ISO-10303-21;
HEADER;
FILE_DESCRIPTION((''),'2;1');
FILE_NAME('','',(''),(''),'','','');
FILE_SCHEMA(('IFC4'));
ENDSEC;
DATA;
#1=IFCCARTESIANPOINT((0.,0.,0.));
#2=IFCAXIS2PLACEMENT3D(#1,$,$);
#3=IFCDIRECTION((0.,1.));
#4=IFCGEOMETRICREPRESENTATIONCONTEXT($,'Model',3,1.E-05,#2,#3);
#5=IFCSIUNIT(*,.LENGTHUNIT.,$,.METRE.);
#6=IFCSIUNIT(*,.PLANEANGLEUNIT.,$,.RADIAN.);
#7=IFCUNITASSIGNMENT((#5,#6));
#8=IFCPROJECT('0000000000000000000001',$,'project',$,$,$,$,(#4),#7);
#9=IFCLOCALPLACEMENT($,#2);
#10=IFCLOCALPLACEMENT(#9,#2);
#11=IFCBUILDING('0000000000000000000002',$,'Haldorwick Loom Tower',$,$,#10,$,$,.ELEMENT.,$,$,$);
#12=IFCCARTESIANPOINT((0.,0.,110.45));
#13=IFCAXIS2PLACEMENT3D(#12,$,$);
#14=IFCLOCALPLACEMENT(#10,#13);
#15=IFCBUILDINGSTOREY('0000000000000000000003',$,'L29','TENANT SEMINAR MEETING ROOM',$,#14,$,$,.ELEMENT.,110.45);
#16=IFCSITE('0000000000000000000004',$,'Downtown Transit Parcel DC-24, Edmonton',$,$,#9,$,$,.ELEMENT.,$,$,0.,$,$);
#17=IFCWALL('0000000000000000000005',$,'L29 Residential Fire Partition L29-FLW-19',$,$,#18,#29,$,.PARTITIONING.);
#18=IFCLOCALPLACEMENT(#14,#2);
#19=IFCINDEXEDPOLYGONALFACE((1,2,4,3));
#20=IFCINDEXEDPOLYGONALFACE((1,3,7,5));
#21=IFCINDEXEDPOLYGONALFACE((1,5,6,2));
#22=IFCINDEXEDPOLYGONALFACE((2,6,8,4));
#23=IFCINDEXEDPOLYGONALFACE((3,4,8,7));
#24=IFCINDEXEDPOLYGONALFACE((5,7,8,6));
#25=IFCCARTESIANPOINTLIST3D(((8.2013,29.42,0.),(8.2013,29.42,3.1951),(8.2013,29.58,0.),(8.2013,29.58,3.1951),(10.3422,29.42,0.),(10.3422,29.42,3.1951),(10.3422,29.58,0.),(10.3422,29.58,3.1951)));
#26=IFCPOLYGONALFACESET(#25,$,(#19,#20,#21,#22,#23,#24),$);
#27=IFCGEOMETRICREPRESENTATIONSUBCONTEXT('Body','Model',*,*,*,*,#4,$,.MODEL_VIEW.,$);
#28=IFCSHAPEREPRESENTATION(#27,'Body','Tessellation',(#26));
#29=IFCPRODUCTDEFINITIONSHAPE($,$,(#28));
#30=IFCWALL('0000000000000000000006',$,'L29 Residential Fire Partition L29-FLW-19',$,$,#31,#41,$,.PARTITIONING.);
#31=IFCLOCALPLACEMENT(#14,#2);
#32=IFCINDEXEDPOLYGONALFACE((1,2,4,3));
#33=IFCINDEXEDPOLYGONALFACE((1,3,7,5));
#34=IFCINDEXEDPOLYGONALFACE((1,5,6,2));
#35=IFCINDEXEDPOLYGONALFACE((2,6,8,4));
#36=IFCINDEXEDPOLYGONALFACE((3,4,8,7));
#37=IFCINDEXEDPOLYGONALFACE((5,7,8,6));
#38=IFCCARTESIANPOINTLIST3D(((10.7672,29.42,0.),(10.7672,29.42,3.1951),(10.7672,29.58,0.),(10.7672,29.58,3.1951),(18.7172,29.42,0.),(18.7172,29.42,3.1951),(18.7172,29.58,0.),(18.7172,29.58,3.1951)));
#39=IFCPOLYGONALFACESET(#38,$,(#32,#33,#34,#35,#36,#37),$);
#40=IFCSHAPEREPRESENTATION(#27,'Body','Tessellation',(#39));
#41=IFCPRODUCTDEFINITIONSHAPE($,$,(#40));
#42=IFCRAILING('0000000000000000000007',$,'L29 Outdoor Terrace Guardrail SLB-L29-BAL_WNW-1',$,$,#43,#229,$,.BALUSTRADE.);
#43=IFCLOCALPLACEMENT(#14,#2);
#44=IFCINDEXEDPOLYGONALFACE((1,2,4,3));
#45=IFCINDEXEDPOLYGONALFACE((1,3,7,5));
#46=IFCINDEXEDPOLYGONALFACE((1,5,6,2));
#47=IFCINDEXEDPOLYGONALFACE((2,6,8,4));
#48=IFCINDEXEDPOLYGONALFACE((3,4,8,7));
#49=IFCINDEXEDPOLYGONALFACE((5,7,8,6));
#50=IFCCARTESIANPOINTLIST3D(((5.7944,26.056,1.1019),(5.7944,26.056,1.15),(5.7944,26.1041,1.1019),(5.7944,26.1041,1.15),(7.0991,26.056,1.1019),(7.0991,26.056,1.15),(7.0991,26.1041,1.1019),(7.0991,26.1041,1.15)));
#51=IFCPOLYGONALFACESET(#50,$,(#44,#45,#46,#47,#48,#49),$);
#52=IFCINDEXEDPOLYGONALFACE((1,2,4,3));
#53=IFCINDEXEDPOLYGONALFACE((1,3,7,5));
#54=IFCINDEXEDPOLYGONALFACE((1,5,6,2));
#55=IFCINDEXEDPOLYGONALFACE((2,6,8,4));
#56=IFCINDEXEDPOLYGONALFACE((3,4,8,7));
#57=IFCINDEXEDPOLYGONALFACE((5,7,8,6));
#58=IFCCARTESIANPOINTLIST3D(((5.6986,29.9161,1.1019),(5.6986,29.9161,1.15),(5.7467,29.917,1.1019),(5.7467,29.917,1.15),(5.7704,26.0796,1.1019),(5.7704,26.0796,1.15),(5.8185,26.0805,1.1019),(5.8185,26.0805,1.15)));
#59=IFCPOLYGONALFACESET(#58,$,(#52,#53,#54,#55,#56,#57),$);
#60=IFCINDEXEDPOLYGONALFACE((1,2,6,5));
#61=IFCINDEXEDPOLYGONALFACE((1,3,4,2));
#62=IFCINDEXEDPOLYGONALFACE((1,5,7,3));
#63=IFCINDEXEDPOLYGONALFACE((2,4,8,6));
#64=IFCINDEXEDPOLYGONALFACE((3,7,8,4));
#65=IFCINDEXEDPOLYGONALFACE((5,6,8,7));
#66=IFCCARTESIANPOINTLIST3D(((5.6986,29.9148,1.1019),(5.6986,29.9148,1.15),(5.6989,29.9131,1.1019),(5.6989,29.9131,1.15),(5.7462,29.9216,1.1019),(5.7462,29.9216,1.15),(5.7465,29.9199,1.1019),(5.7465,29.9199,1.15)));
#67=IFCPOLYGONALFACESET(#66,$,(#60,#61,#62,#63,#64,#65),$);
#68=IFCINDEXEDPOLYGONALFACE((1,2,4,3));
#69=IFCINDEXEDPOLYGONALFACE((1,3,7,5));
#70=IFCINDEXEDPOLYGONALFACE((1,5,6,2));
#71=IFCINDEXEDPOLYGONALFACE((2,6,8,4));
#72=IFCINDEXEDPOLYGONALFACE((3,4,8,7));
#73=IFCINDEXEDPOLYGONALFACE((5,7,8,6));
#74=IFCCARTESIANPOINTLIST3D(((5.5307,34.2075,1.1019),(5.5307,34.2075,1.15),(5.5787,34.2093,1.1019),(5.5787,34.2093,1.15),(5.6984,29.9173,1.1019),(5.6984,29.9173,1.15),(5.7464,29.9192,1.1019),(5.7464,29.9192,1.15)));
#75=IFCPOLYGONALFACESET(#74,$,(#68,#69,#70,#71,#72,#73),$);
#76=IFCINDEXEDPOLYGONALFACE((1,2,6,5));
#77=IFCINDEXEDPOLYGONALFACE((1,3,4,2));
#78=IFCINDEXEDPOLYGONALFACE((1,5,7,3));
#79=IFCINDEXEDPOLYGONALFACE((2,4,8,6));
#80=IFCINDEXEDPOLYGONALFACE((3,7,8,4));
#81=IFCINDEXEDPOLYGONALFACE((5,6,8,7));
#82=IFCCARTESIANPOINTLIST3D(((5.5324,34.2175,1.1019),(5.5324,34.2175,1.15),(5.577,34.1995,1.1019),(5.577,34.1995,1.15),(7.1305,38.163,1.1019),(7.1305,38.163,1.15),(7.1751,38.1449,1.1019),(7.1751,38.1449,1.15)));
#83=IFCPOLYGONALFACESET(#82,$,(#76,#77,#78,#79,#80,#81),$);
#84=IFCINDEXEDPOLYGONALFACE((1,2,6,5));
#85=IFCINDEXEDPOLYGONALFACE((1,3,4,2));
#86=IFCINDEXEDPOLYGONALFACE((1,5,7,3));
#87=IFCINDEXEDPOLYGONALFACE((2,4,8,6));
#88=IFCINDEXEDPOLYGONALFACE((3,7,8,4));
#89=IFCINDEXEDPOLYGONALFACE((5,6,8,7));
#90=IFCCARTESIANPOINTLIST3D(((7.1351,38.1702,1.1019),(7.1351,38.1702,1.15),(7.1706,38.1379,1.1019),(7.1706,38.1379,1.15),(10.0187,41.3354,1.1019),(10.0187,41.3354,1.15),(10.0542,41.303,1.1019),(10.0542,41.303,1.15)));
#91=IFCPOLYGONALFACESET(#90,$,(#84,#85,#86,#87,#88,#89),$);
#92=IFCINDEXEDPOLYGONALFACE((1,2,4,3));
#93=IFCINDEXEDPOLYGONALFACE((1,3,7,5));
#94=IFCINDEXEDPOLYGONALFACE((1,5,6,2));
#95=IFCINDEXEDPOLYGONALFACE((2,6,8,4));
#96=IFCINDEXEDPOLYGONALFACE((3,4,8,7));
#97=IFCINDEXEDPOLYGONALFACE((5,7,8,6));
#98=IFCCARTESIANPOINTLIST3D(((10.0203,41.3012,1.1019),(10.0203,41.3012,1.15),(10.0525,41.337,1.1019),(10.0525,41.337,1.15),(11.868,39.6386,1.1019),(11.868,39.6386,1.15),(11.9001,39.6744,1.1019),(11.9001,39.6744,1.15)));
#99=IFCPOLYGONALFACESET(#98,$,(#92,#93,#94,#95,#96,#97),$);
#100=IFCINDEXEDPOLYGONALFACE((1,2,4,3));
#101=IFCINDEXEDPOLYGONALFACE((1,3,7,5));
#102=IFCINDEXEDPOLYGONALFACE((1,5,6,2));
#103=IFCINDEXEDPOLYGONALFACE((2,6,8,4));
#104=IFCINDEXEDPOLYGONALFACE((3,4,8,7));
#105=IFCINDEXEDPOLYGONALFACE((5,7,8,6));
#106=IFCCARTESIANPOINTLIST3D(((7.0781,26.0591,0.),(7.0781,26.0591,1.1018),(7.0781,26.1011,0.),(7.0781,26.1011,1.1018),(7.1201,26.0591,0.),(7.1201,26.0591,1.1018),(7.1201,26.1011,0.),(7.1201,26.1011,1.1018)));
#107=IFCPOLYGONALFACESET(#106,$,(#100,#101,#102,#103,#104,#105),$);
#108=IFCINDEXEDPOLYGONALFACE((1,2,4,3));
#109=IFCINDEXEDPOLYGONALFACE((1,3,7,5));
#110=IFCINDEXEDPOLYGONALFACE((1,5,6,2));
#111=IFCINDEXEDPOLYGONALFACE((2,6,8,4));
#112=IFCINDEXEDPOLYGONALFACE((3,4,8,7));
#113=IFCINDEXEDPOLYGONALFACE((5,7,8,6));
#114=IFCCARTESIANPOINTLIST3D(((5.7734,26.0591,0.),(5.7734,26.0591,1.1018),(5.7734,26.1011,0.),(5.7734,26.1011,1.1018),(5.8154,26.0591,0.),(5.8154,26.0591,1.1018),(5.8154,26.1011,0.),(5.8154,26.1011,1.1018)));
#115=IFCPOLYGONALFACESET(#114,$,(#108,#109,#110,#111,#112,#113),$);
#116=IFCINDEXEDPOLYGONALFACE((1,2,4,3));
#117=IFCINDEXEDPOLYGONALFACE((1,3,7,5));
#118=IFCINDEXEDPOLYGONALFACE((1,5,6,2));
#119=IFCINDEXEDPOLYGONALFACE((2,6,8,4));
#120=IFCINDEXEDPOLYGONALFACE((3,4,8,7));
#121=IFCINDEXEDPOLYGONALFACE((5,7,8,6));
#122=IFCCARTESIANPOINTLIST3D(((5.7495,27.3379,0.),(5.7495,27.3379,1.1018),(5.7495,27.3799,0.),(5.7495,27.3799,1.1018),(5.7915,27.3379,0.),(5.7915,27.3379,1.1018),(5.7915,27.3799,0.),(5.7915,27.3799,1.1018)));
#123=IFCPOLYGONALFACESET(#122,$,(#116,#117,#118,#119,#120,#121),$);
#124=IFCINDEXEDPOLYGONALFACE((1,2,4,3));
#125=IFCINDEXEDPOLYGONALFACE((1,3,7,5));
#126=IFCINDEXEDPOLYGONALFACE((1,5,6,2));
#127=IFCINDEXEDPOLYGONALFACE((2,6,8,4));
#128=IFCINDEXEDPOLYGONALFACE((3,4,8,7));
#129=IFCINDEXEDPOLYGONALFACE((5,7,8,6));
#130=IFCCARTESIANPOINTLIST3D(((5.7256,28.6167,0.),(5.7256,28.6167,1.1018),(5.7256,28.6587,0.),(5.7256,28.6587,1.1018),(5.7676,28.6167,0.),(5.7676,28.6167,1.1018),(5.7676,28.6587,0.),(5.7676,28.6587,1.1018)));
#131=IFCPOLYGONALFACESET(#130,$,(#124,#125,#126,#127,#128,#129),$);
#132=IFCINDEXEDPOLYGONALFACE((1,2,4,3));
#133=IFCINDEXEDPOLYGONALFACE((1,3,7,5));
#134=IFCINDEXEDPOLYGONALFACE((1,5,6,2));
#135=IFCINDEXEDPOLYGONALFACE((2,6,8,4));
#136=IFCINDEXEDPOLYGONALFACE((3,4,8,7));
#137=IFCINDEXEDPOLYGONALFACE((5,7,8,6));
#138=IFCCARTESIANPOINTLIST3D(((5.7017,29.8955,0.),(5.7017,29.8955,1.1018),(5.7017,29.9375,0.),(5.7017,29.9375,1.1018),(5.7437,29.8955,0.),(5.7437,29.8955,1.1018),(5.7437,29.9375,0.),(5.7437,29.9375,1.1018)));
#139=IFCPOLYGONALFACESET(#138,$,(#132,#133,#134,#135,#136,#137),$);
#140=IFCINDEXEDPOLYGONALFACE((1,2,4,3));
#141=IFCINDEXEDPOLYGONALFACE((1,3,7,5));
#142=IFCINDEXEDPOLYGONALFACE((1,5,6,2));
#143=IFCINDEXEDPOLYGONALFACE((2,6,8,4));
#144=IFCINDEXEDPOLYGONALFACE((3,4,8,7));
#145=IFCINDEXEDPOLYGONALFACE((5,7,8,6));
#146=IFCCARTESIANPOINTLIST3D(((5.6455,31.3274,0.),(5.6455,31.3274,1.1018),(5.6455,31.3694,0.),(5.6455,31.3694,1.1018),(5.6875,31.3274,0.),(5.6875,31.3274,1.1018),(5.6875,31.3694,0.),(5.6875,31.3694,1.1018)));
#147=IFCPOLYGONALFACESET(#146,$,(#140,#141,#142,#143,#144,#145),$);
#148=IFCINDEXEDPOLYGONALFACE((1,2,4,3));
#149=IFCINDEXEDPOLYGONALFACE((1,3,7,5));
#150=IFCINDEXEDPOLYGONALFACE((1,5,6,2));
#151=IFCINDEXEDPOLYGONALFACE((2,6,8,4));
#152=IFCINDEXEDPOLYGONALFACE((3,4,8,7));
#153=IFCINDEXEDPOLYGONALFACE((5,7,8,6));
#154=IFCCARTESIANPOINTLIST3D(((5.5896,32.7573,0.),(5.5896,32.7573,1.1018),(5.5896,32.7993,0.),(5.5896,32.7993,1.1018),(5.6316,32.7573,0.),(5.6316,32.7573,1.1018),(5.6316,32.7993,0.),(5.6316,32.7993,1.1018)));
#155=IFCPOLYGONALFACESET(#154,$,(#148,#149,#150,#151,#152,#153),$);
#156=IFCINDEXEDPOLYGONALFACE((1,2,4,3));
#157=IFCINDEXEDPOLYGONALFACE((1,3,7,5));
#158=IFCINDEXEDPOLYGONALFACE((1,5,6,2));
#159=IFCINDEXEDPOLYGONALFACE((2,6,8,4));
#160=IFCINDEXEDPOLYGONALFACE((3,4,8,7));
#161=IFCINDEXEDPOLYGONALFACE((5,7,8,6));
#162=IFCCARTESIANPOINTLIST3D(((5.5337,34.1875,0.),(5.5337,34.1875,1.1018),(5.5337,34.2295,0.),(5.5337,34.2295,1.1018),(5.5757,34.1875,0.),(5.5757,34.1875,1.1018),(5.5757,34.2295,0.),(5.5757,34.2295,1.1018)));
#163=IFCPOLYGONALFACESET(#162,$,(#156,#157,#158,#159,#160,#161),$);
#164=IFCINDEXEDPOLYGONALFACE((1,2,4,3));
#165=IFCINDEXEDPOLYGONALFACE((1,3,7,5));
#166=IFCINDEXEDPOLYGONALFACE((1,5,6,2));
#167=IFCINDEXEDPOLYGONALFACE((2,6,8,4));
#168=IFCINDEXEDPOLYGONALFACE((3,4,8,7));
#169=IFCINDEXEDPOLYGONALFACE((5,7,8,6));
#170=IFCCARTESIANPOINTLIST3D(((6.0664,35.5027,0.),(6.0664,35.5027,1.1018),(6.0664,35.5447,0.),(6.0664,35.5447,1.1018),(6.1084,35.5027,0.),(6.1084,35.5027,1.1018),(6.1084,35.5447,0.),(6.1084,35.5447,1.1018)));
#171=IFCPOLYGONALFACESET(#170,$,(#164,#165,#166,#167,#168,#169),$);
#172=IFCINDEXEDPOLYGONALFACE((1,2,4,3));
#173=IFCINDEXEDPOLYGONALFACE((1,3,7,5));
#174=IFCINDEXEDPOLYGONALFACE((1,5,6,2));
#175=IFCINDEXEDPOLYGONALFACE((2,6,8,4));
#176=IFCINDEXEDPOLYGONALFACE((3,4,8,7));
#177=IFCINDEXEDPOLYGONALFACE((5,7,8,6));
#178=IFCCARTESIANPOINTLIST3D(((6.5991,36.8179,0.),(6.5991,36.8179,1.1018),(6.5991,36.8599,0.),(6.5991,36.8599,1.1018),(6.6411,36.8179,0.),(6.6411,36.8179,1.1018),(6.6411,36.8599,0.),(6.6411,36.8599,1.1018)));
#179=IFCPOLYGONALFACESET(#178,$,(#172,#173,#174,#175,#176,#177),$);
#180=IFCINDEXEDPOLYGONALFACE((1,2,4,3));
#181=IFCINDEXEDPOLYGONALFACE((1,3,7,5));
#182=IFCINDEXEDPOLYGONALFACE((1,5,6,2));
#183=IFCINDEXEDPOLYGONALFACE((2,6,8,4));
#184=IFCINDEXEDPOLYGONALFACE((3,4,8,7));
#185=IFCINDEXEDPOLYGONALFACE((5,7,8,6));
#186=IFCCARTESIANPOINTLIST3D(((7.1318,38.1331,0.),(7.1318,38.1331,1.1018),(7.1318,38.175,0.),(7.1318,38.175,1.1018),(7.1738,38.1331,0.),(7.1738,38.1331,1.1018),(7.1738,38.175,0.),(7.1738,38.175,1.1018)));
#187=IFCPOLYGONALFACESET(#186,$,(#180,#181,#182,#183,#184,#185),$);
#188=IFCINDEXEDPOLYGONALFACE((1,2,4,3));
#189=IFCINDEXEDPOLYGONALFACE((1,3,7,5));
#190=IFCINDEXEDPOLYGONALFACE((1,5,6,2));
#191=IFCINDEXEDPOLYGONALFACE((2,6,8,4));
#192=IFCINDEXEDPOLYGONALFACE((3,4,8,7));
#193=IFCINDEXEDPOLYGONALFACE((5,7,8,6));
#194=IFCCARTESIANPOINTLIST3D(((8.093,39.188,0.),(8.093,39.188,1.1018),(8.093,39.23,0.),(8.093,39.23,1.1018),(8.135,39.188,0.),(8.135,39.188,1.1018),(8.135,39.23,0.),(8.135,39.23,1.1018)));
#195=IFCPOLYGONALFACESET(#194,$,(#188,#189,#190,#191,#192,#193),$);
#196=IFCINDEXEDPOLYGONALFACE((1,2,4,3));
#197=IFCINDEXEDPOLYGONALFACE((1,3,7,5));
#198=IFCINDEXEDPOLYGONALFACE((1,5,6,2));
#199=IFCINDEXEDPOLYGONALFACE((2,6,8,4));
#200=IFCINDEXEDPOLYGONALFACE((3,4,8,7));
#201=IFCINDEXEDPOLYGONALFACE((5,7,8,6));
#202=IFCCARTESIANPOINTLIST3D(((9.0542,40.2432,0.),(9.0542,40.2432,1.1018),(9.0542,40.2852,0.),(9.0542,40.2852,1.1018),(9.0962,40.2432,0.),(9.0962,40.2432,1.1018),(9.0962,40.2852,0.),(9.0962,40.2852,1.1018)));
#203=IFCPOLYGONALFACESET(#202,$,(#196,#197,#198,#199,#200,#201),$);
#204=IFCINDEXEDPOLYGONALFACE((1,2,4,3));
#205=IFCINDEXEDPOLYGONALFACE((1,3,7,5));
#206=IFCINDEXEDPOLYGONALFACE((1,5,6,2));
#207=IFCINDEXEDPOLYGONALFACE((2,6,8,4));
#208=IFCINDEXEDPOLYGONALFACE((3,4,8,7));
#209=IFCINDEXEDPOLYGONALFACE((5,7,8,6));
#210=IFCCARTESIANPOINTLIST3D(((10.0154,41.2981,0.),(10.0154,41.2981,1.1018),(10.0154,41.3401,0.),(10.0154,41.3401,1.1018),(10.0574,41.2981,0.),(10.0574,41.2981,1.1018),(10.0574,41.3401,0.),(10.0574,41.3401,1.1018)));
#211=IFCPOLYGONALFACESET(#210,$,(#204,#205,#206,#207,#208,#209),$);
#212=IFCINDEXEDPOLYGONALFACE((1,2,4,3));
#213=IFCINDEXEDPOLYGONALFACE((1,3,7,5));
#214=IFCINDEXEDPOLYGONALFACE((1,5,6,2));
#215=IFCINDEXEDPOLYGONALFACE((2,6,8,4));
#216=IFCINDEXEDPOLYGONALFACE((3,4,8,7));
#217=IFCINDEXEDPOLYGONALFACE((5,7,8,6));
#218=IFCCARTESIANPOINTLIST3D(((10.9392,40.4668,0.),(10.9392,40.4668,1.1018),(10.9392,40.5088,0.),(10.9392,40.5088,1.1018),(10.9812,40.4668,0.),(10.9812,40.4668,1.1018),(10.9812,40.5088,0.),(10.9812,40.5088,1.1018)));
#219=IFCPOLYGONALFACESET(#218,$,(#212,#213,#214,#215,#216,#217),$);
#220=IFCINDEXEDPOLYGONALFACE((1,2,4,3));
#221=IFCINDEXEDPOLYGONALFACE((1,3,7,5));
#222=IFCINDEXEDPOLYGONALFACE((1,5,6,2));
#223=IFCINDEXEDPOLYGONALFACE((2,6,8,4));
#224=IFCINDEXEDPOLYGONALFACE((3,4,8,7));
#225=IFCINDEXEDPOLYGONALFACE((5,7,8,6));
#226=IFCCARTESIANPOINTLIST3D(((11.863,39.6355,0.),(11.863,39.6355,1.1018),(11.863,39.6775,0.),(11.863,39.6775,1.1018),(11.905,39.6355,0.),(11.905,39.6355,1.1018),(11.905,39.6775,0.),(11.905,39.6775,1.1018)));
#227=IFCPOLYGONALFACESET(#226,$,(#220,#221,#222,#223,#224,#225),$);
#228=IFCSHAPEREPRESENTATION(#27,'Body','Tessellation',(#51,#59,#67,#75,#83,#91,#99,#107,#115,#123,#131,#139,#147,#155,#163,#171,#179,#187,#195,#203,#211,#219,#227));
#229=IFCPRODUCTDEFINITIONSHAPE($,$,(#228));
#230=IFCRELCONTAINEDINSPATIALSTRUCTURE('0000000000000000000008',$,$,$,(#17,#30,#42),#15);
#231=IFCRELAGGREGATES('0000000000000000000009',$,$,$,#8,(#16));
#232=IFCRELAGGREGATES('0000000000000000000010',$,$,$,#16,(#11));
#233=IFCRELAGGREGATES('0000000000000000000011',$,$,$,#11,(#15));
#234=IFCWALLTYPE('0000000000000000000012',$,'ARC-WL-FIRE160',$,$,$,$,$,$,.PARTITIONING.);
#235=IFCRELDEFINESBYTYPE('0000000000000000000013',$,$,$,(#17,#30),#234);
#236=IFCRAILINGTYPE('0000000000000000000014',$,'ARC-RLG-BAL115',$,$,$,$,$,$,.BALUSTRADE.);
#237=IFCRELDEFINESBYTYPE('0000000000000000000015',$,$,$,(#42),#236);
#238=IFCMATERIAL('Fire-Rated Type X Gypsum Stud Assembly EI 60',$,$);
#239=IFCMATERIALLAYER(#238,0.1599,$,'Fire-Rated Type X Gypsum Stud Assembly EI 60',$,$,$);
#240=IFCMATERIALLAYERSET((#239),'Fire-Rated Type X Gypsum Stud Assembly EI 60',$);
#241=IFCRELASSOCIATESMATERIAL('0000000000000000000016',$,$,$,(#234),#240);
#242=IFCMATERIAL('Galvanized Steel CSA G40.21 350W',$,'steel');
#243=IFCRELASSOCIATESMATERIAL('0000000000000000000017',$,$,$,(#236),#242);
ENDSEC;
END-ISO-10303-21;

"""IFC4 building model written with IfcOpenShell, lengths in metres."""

from ifc_helpers import new_model, si_unit, direction, frame, frame_2d, origin, origin_2d, place, context, subcontext, project, spatial, rectangle, extrude, material, layer, layer_set, type_object, element, save


model = new_model("IFC4")

# Units and contexts
model_context = context("Model", 3, precision=1e-05, world=origin(), true_north=direction((0.0, 1.0)))
body_context = subcontext(model_context, "Body", "Model", "MODEL_VIEW")
ifc_project = project(units=[si_unit("LENGTHUNIT", "METRE"), si_unit("PLANEANGLEUNIT", "RADIAN")], contexts=[model_context])

# Site, building, storey
site_placement = place(None, origin())
site = spatial("IfcSite", under=ifc_project, at=site_placement, Name="Downtown Transit Parcel DC-24, Edmonton", CompositionType="ELEMENT", RefElevation=0.0)
building_placement = place(site_placement, origin())
building = spatial("IfcBuilding", under=site, at=building_placement, Name="Haldorwick Loom Tower", CompositionType="ELEMENT")
storey_placement = place(building_placement, frame((0.0, 0.0, 110.45)))
storey = spatial("IfcBuildingStorey", under=building, at=storey_placement, Name="L29", Description="TENANT SEMINAR MEETING ROOM", CompositionType="ELEMENT", Elevation=110.45)

# Shared definitions
ifc_material_1 = material(Name="Fire-Rated Type X Gypsum Stud Assembly EI 60")
ifc_layer_1 = layer(ifc_material_1, 0.1599, Name="Fire-Rated Type X Gypsum Stud Assembly EI 60")
ifc_layer_set_1 = layer_set([ifc_layer_1], Name="Fire-Rated Type X Gypsum Stud Assembly EI 60")
wall_type_1 = type_object("IfcWallType", Name="ARC-WL-FIRE160", PredefinedType="PARTITIONING", material=ifc_layer_set_1)

# Walls
wall_1_placement = place(storey_placement, frame((8.2014, 29.5, 0.0), z_axis=(0.0, 0.0, 1.0), x_axis=(1.0, 0.0, 0.0)))
element("IfcWall", 1, at=wall_1_placement, inside=storey, type_object=wall_type_1, Name="L29 Residential Fire Partition L29-FLW-19", PredefinedType="PARTITIONING", context=body_context, shape_type="SweptSolid", body=[
    extrude(rectangle(XDim=2.1409, YDim=0.1599, at=frame_2d((1.0703, 0.0))), origin(), (0.0, 0.0, 1.0), 3.1951),
])
wall_2_placement = place(storey_placement, frame((10.7671, 29.5, 0.0), z_axis=(0.0, 0.0, 1.0), x_axis=(1.0, 0.0, 0.0)))
element("IfcWall", 2, at=wall_2_placement, inside=storey, type_object=wall_type_1, Name="L29 Residential Fire Partition L29-FLW-19", PredefinedType="PARTITIONING", context=body_context, shape_type="SweptSolid", body=[
    extrude(rectangle(XDim=7.95, YDim=0.1599, at=frame_2d((3.9751, 0.0))), origin(), (0.0, 0.0, 1.0), 3.1951),
])

# Railing
ifc_material_2 = material(Name="Galvanized Steel CSA G40.21 350W", Category="steel")
railing_type = type_object("IfcRailingType", Name="ARC-RLG-BAL115", PredefinedType="BALUSTRADE", material=ifc_material_2)
railing_placement = place(storey_placement, frame((7.0991, 26.0801, 0.0)))
element("IfcRailing", 3, at=railing_placement, inside=storey, type_object=railing_type, Name="L29 Outdoor Terrace Guardrail SLB-L29-BAL_WNW-1", PredefinedType="BALUSTRADE", context=body_context, shape_type="SweptSolid", body=[
    extrude(rectangle(XDim=0.0481, YDim=0.0481, at=origin_2d()), frame((0.0, 0.0, 1.126), z_axis=(-1.0, 0.0, 0.0), x_axis=(0.0, -1.0, 0.0)), (0.0, 0.0, 1.0), 1.3047),
    extrude(rectangle(XDim=0.0481, YDim=0.0481, at=origin_2d()), frame((-1.3047, 0.0, 1.126), z_axis=(-0.018706, 0.999825, 0.0), x_axis=(-0.999825, -0.018706, 0.0)), (0.0, 0.0, 1.0), 3.8372),
    extrude(rectangle(XDim=0.0481, YDim=0.0481, at=origin_2d()), frame((-1.3765, 3.8364, 1.126), z_axis=(-0.141421, 0.989949, 0.0), x_axis=(-0.989949, -0.141421, 0.0)), (0.0, 0.0, 1.0), 0.0017),
    extrude(rectangle(XDim=0.0481, YDim=0.0481, at=origin_2d()), frame((-1.3767, 3.8381, 1.126), z_axis=(-0.039064, 0.999237, 0.0), x_axis=(-0.999237, -0.039064, 0.0)), (0.0, 0.0, 1.0), 4.2935),
    extrude(rectangle(XDim=0.0481, YDim=0.0481, at=origin_2d()), frame((-1.5444, 8.1284, 1.126), z_axis=(0.375422, 0.926854, 0.0), x_axis=(-0.926854, 0.375422, 0.0)), (0.0, 0.0, 1.0), 4.2568),
    extrude(rectangle(XDim=0.0481, YDim=0.0481, at=origin_2d()), frame((0.0537, 12.074, 1.126), z_axis=(0.67347, 0.739215, 0.0), x_axis=(-0.739215, 0.67347, 0.0)), (0.0, 0.0, 1.0), 4.2817),
    extrude(rectangle(XDim=0.0481, YDim=0.0481, at=origin_2d()), frame((2.9373, 15.239, 1.126), z_axis=(0.743353, -0.6689, 0.0), x_axis=(0.6689, 0.743353, 0.0)), (0.0, 0.0, 1.0), 2.4856),
    extrude(rectangle(XDim=0.042, YDim=0.042, at=origin_2d()), origin(), (0.0, 0.0, 1.0), 1.1018),
    extrude(rectangle(XDim=0.042, YDim=0.042, at=origin_2d()), frame((-1.3047, 0.0, 0.0)), (0.0, 0.0, 1.0), 1.1018),
    extrude(rectangle(XDim=0.042, YDim=0.042, at=origin_2d()), frame((-1.3286, 1.2788, 0.0)), (0.0, 0.0, 1.0), 1.1018),
    extrude(rectangle(XDim=0.042, YDim=0.042, at=origin_2d()), frame((-1.3525, 2.5576, 0.0)), (0.0, 0.0, 1.0), 1.1018),
    extrude(rectangle(XDim=0.042, YDim=0.042, at=origin_2d()), frame((-1.3765, 3.8364, 0.0)), (0.0, 0.0, 1.0), 1.1018),
    extrude(rectangle(XDim=0.042, YDim=0.042, at=origin_2d()), frame((-1.4326, 5.2683, 0.0)), (0.0, 0.0, 1.0), 1.1018),
    extrude(rectangle(XDim=0.042, YDim=0.042, at=origin_2d()), frame((-1.4885, 6.6982, 0.0)), (0.0, 0.0, 1.0), 1.1018),
    extrude(rectangle(XDim=0.042, YDim=0.042, at=origin_2d()), frame((-1.5444, 8.1284, 0.0)), (0.0, 0.0, 1.0), 1.1018),
    extrude(rectangle(XDim=0.042, YDim=0.042, at=origin_2d()), frame((-1.0117, 9.4436, 0.0)), (0.0, 0.0, 1.0), 1.1018),
    extrude(rectangle(XDim=0.042, YDim=0.042, at=origin_2d()), frame((-0.479, 10.7588, 0.0)), (0.0, 0.0, 1.0), 1.1018),
    extrude(rectangle(XDim=0.042, YDim=0.042, at=origin_2d()), frame((0.0537, 12.074, 0.0)), (0.0, 0.0, 1.0), 1.1018),
    extrude(rectangle(XDim=0.042, YDim=0.042, at=origin_2d()), frame((1.0149, 13.1289, 0.0)), (0.0, 0.0, 1.0), 1.1018),
    extrude(rectangle(XDim=0.042, YDim=0.042, at=origin_2d()), frame((1.9761, 14.1841, 0.0)), (0.0, 0.0, 1.0), 1.1018),
    extrude(rectangle(XDim=0.042, YDim=0.042, at=origin_2d()), frame((2.9373, 15.239, 0.0)), (0.0, 0.0, 1.0), 1.1018),
    extrude(rectangle(XDim=0.042, YDim=0.042, at=origin_2d()), frame((3.8611, 14.4077, 0.0)), (0.0, 0.0, 1.0), 1.1018),
    extrude(rectangle(XDim=0.042, YDim=0.042, at=origin_2d()), frame((4.7849, 13.5764, 0.0)), (0.0, 0.0, 1.0), 1.1018),
])

save(model, "model.ifc")
